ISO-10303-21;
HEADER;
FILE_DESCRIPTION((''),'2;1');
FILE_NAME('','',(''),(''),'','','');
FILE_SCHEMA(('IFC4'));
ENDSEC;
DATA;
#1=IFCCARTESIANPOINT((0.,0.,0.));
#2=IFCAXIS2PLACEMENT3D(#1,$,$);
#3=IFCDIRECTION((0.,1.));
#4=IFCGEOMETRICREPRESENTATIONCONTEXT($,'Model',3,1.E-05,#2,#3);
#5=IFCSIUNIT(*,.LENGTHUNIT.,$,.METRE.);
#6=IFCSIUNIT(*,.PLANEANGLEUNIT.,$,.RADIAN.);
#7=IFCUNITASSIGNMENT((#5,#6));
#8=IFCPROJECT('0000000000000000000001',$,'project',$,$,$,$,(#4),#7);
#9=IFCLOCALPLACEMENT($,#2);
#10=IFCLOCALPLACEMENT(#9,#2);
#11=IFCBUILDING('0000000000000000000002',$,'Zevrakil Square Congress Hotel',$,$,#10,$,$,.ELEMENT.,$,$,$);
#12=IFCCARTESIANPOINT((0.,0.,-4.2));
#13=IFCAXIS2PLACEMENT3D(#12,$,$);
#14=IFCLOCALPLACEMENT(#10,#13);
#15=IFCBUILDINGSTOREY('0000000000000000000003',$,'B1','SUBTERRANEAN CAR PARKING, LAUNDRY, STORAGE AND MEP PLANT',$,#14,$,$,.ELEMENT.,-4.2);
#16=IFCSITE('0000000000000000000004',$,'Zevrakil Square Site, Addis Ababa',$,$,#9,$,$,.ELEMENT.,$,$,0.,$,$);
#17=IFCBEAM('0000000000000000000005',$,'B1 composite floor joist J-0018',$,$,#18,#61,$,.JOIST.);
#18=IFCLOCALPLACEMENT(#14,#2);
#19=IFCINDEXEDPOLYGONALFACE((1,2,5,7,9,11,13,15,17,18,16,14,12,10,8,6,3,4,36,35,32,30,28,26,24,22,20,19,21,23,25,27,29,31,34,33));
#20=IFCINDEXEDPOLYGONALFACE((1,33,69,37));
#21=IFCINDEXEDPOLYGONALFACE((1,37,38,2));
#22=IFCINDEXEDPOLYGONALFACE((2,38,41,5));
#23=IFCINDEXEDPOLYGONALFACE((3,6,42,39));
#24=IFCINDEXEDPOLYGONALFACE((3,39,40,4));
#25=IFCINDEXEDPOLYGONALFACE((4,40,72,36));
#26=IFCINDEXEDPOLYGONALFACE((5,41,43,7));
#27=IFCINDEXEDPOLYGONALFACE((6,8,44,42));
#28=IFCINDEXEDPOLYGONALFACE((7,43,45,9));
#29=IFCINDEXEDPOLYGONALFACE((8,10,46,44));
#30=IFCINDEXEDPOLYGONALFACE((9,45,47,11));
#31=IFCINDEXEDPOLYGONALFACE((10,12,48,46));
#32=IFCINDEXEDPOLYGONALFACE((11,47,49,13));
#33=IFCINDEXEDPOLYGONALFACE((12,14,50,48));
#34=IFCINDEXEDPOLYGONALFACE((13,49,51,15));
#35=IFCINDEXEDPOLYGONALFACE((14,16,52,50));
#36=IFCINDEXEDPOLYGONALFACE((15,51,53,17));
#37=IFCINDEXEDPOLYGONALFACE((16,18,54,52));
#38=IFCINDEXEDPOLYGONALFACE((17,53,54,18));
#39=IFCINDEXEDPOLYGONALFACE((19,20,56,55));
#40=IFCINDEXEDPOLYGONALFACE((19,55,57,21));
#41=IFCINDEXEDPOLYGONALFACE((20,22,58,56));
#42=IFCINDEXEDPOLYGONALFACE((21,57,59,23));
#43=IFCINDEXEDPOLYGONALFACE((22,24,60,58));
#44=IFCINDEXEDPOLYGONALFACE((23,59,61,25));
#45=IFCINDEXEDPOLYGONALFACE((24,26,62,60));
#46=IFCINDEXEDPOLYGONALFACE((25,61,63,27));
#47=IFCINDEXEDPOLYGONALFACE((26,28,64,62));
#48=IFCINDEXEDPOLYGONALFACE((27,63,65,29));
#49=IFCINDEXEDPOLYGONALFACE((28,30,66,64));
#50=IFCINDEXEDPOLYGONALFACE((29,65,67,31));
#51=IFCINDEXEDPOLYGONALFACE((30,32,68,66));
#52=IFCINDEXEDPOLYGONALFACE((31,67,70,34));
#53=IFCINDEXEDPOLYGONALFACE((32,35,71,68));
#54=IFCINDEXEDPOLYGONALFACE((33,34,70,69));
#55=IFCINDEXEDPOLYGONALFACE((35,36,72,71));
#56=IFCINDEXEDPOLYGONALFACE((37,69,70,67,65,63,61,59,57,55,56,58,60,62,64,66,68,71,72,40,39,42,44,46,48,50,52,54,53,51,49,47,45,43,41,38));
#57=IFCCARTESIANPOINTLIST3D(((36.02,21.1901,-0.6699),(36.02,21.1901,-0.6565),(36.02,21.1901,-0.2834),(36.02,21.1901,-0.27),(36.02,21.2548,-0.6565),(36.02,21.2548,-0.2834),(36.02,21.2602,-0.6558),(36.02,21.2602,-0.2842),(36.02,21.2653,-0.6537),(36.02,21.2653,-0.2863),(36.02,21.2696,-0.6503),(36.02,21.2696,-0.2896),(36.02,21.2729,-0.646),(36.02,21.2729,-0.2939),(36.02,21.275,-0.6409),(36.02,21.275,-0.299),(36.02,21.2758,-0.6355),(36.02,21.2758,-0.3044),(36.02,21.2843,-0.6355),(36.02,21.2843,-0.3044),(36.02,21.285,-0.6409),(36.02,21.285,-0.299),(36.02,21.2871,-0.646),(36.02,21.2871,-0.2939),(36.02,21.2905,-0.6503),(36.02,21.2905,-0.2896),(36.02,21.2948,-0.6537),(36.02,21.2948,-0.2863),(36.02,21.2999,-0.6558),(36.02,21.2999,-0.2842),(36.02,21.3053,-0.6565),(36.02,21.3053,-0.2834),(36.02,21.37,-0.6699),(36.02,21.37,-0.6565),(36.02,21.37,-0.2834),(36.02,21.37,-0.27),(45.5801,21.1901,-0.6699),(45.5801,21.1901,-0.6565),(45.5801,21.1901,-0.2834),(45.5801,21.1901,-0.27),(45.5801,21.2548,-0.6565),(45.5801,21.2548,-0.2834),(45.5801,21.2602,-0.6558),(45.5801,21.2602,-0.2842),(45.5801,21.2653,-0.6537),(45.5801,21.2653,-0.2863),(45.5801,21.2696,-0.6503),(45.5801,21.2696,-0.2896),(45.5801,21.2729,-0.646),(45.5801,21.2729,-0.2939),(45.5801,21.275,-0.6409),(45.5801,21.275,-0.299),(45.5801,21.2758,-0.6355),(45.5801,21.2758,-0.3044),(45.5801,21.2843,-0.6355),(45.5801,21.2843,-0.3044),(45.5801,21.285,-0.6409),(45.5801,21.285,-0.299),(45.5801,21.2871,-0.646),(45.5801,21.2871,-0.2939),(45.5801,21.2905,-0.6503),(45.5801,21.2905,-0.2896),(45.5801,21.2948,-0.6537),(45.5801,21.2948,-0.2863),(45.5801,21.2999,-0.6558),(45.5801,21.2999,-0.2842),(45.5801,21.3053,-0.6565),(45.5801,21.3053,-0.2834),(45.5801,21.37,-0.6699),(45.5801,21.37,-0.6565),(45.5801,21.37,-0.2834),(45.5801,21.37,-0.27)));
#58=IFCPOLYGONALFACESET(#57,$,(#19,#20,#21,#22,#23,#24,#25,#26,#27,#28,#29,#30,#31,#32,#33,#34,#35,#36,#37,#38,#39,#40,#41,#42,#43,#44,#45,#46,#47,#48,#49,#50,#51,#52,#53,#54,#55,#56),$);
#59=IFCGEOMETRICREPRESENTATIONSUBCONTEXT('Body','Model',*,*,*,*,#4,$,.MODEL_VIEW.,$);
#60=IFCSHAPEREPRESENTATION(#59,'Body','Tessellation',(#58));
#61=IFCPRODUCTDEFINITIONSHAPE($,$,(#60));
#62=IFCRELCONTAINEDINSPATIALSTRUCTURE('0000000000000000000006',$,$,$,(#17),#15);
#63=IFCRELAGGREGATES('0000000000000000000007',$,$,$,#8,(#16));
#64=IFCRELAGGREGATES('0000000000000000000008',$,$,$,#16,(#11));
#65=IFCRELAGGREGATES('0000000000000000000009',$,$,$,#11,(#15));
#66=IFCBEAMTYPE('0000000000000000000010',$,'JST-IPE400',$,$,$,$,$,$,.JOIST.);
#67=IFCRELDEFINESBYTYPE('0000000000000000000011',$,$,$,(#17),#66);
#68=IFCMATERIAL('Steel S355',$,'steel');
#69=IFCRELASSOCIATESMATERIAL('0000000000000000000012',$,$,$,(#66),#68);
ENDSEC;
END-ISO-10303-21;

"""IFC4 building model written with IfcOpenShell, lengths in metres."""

from ifc_helpers import new_model, si_unit, direction, frame, origin, origin_2d, place, context, subcontext, project, spatial, i_section, extrude, material, material_profile, profile_set, type_object, element, save


model = new_model("IFC4")

# Units and contexts
model_context = context("Model", 3, precision=1e-05, world=origin(), true_north=direction((0.0, 1.0)))
body_context = subcontext(model_context, "Body", "Model", "MODEL_VIEW")
ifc_project = project(units=[si_unit("LENGTHUNIT", "METRE"), si_unit("PLANEANGLEUNIT", "RADIAN")], contexts=[model_context])

# Site, building, storey
site_placement = place(None, origin())
site = spatial("IfcSite", under=ifc_project, at=site_placement, Name="Zevrakil Square Site, Addis Ababa", CompositionType="ELEMENT", RefElevation=0.0)
building_placement = place(site_placement, origin())
building = spatial("IfcBuilding", under=site, at=building_placement, Name="Zevrakil Square Congress Hotel", CompositionType="ELEMENT")
storey_placement = place(building_placement, frame((0.0, 0.0, -4.2)))
storey = spatial("IfcBuildingStorey", under=building, at=storey_placement, Name="B1", Description="SUBTERRANEAN CAR PARKING, LAUNDRY, STORAGE AND MEP PLANT", CompositionType="ELEMENT", Elevation=-4.2)

# Beam
ifc_material_1 = material(Name="Steel S355", Category="steel")
ifc_material_profile_1 = material_profile(ifc_material_1, i_section(OverallWidth=0.1799, OverallDepth=0.3999, WebThickness=0.0085, FlangeThickness=0.0134, FilletRadius=0.021, at=origin_2d()), Name="IPE 400")
ifc_profile_set_1 = profile_set([ifc_material_profile_1], Name="Steel S355")
beam_type_1 = type_object("IfcBeamType", Name="JST-IPE400", PredefinedType="JOIST", material=ifc_profile_set_1)
beam_1_placement = place(storey_placement, frame((36.02, 21.28, -0.47), z_axis=(1.0, 0.0, 0.0), x_axis=(0.0, 1.0, 0.0)))
element("IfcBeam", 1, at=beam_1_placement, inside=storey, type_object=beam_type_1, Name="B1 composite floor joist J-0018", PredefinedType="JOIST", context=body_context, shape_type="SweptSolid", body=[
    extrude(i_section(OverallWidth=0.1799, OverallDepth=0.3999, WebThickness=0.0085, FlangeThickness=0.0134, FilletRadius=0.021, at=origin_2d()), origin(), (0.0, 0.0, 1.0), 9.5601),
])

save(model, "model.ifc")
